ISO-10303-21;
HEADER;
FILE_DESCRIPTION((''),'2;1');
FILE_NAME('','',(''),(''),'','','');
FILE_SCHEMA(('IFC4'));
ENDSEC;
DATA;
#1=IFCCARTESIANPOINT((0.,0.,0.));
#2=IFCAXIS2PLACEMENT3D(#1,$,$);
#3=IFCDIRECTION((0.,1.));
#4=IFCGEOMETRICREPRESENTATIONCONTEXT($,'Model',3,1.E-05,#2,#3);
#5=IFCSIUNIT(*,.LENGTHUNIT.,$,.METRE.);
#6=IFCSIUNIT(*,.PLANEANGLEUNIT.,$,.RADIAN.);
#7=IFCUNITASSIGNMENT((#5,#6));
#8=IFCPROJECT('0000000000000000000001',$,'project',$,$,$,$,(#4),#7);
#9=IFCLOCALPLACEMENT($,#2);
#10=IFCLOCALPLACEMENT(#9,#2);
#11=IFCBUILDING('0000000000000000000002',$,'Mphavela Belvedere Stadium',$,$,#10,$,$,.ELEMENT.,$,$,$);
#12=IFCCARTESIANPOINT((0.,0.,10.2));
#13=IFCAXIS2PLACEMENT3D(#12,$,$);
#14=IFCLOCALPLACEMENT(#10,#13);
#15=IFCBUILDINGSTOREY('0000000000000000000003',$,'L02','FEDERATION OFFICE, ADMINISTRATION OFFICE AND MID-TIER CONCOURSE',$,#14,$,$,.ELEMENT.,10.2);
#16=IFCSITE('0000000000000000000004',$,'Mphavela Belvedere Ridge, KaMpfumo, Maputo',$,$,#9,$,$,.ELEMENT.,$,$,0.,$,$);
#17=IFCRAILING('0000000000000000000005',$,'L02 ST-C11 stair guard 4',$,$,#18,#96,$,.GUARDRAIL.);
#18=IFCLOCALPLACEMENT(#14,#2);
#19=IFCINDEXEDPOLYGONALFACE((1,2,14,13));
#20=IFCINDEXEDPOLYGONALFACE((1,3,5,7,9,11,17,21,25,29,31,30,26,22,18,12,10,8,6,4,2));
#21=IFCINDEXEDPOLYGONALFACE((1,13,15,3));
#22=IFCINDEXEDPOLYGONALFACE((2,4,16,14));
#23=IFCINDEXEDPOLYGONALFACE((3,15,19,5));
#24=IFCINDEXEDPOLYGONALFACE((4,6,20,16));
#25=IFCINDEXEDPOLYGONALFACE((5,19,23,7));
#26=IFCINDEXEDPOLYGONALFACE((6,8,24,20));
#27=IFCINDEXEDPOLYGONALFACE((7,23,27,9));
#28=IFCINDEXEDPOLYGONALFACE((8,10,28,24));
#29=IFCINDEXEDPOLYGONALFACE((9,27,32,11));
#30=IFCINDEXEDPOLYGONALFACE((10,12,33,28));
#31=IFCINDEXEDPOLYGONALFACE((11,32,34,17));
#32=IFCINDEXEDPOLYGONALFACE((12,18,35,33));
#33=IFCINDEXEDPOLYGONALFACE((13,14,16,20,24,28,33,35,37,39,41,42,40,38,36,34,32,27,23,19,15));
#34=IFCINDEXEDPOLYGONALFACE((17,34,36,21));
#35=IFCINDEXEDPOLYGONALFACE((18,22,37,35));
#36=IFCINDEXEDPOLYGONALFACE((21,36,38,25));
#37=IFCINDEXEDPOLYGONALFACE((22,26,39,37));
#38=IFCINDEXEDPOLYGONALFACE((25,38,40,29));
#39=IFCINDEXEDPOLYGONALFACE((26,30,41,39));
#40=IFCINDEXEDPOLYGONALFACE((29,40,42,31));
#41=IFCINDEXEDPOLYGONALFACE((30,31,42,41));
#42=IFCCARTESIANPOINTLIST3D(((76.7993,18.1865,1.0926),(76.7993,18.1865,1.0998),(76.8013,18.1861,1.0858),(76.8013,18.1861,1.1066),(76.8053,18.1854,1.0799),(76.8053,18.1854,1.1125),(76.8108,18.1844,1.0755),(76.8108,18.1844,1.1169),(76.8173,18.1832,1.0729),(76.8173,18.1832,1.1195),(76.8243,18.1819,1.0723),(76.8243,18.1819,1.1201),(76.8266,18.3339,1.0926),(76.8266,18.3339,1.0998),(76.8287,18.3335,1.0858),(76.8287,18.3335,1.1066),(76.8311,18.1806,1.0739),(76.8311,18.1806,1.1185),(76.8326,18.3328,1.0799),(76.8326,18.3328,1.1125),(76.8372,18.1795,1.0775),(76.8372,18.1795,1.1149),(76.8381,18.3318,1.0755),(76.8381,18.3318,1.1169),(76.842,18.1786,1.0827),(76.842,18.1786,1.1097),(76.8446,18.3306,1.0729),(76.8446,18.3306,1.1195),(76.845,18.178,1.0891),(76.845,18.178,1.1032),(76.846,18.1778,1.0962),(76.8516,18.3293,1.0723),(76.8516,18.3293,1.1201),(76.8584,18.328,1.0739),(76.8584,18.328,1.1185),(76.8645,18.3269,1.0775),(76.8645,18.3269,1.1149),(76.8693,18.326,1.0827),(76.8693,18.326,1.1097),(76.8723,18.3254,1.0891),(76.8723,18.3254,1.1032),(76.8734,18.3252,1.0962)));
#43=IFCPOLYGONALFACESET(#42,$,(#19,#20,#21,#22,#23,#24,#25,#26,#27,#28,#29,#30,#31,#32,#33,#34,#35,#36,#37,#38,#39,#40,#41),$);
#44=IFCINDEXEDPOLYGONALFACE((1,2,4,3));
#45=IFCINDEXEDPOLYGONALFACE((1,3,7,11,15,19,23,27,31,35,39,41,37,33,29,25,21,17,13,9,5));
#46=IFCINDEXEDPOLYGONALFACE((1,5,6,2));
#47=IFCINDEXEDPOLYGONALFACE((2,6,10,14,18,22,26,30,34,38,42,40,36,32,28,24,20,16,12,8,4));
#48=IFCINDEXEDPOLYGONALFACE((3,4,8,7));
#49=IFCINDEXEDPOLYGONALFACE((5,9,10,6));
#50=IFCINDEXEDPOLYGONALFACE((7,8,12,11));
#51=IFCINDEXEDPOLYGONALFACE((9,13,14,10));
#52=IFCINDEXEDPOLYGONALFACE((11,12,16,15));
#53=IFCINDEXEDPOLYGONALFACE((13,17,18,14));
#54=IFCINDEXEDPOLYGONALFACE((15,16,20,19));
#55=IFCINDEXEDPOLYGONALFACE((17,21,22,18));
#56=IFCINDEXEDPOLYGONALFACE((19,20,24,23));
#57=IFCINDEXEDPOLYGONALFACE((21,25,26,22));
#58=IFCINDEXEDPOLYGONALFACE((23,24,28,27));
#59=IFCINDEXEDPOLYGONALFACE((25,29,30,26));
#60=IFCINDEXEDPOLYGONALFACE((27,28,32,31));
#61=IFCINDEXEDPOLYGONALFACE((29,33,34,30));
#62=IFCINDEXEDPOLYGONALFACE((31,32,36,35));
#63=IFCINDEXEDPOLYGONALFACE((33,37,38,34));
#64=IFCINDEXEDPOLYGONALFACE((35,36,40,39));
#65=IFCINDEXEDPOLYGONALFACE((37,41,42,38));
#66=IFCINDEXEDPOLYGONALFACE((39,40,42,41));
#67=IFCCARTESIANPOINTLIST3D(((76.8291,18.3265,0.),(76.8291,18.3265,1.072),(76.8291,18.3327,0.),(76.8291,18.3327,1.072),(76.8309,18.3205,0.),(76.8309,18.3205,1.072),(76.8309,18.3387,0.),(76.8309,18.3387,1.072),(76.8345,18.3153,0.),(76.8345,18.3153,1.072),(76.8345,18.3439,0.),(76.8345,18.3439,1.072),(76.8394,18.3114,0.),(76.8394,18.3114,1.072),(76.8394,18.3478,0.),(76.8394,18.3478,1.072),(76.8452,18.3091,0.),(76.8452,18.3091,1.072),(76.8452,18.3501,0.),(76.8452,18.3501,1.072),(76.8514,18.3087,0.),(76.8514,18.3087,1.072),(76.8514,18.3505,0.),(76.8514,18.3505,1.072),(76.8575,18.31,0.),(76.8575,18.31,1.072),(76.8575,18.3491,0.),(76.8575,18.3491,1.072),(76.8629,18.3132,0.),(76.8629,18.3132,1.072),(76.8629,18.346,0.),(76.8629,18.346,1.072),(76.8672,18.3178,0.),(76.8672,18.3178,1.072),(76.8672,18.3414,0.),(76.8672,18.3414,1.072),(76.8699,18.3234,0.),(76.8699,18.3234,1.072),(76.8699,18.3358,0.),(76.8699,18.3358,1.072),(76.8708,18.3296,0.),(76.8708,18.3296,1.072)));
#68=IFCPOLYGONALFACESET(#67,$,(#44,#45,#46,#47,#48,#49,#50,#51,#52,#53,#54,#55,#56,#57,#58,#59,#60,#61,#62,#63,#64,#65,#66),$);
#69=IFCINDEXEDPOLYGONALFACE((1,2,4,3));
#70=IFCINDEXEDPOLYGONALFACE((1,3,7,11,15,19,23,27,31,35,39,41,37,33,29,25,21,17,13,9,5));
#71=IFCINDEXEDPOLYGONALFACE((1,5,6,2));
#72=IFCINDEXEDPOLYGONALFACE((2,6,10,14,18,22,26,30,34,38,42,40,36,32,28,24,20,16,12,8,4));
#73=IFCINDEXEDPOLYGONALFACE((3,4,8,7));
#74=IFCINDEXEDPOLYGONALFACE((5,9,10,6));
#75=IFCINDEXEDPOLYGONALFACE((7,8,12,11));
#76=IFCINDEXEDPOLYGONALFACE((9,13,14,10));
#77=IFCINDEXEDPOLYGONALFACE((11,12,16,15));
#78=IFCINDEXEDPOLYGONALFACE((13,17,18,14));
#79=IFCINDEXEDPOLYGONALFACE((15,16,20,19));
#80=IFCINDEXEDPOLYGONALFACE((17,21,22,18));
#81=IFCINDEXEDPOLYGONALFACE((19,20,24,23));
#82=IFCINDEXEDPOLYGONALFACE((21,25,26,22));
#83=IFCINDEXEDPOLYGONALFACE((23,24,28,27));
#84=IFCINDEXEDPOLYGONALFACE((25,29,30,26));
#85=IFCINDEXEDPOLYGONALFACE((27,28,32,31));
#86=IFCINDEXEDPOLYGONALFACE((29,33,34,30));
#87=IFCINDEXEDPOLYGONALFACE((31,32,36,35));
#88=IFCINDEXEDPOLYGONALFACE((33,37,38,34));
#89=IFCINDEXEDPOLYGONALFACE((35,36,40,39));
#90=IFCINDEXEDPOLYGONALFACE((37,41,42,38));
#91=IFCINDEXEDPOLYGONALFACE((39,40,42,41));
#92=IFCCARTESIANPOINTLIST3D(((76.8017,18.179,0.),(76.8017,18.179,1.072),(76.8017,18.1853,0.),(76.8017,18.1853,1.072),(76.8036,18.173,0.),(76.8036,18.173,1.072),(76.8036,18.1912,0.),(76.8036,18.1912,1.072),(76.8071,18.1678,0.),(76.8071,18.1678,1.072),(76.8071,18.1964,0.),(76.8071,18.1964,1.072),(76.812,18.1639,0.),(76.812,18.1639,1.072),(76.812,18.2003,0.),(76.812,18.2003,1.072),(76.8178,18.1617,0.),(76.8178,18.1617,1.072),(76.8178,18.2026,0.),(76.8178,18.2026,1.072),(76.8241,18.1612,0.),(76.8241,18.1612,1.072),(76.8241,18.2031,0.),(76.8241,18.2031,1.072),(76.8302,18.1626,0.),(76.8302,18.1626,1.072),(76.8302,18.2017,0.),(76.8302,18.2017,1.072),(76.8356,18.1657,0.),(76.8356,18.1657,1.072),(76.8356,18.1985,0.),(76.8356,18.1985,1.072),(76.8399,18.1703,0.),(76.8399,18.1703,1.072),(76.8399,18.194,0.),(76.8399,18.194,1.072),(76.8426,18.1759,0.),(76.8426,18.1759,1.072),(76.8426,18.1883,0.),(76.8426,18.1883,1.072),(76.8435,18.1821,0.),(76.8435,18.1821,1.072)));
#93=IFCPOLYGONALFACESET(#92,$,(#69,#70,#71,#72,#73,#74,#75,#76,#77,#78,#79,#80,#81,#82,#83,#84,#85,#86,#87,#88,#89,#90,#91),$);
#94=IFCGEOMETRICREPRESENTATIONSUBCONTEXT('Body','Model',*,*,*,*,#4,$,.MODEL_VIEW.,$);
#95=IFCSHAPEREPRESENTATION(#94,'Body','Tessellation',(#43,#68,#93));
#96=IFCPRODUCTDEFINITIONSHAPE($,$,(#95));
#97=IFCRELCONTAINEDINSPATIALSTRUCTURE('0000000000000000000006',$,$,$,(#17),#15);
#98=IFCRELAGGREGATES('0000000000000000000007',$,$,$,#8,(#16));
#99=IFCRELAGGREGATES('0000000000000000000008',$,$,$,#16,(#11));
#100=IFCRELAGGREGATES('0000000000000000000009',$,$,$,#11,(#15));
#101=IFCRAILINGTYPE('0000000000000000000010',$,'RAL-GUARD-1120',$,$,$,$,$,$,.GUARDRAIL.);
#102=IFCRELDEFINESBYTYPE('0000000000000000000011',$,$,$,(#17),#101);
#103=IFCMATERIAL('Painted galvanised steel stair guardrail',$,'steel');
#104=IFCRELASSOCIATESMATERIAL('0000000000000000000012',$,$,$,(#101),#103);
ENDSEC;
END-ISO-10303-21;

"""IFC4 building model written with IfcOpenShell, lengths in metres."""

from ifc_helpers import new_model, si_unit, direction, frame, origin, origin_2d, place, context, subcontext, project, spatial, circle, extrude, material, type_object, element, save


model = new_model("IFC4")

# Units and contexts
model_context = context("Model", 3, precision=1e-05, world=origin(), true_north=direction((0.0, 1.0)))
body_context = subcontext(model_context, "Body", "Model", "MODEL_VIEW")
ifc_project = project(units=[si_unit("LENGTHUNIT", "METRE"), si_unit("PLANEANGLEUNIT", "RADIAN")], contexts=[model_context])

# Site, building, storey
site_placement = place(None, origin())
site = spatial("IfcSite", under=ifc_project, at=site_placement, Name="Mphavela Belvedere Ridge, KaMpfumo, Maputo", CompositionType="ELEMENT", RefElevation=0.0)
building_placement = place(site_placement, origin())
building = spatial("IfcBuilding", under=site, at=building_placement, Name="Mphavela Belvedere Stadium", CompositionType="ELEMENT")
storey_placement = place(building_placement, frame((0.0, 0.0, 10.2)))
storey = spatial("IfcBuildingStorey", under=building, at=storey_placement, Name="L02", Description="FEDERATION OFFICE, ADMINISTRATION OFFICE AND MID-TIER CONCOURSE", CompositionType="ELEMENT", Elevation=10.2)

# Railing
ifc_material_1 = material(Name="Painted galvanised steel stair guardrail", Category="steel")
railing_type_1 = type_object("IfcRailingType", Name="RAL-GUARD-1120", PredefinedType="GUARDRAIL", material=ifc_material_1)
railing_1_placement = place(storey_placement, frame((76.8499, 18.3296, 0.0)))
element("IfcRailing", 1, at=railing_1_placement, inside=storey, type_object=railing_type_1, Name="L02 ST-C11 stair guard 4", PredefinedType="GUARDRAIL", context=body_context, shape_type="SweptSolid", body=[
    extrude(circle(Radius=0.0239, at=origin_2d()), frame((0.0, 0.0, 1.0962), z_axis=(-0.182322, -0.983239, 0.0), x_axis=(0.983239, -0.182322, 0.0)), (0.0, 0.0, 1.0), 0.1499),
    extrude(circle(Radius=0.021, at=origin_2d()), origin(), (0.0, 0.0, 1.0), 1.072),
    extrude(circle(Radius=0.021, at=origin_2d()), frame((-0.0273, -0.1475, 0.0)), (0.0, 0.0, 1.0), 1.072),
])

save(model, "model.ifc")
